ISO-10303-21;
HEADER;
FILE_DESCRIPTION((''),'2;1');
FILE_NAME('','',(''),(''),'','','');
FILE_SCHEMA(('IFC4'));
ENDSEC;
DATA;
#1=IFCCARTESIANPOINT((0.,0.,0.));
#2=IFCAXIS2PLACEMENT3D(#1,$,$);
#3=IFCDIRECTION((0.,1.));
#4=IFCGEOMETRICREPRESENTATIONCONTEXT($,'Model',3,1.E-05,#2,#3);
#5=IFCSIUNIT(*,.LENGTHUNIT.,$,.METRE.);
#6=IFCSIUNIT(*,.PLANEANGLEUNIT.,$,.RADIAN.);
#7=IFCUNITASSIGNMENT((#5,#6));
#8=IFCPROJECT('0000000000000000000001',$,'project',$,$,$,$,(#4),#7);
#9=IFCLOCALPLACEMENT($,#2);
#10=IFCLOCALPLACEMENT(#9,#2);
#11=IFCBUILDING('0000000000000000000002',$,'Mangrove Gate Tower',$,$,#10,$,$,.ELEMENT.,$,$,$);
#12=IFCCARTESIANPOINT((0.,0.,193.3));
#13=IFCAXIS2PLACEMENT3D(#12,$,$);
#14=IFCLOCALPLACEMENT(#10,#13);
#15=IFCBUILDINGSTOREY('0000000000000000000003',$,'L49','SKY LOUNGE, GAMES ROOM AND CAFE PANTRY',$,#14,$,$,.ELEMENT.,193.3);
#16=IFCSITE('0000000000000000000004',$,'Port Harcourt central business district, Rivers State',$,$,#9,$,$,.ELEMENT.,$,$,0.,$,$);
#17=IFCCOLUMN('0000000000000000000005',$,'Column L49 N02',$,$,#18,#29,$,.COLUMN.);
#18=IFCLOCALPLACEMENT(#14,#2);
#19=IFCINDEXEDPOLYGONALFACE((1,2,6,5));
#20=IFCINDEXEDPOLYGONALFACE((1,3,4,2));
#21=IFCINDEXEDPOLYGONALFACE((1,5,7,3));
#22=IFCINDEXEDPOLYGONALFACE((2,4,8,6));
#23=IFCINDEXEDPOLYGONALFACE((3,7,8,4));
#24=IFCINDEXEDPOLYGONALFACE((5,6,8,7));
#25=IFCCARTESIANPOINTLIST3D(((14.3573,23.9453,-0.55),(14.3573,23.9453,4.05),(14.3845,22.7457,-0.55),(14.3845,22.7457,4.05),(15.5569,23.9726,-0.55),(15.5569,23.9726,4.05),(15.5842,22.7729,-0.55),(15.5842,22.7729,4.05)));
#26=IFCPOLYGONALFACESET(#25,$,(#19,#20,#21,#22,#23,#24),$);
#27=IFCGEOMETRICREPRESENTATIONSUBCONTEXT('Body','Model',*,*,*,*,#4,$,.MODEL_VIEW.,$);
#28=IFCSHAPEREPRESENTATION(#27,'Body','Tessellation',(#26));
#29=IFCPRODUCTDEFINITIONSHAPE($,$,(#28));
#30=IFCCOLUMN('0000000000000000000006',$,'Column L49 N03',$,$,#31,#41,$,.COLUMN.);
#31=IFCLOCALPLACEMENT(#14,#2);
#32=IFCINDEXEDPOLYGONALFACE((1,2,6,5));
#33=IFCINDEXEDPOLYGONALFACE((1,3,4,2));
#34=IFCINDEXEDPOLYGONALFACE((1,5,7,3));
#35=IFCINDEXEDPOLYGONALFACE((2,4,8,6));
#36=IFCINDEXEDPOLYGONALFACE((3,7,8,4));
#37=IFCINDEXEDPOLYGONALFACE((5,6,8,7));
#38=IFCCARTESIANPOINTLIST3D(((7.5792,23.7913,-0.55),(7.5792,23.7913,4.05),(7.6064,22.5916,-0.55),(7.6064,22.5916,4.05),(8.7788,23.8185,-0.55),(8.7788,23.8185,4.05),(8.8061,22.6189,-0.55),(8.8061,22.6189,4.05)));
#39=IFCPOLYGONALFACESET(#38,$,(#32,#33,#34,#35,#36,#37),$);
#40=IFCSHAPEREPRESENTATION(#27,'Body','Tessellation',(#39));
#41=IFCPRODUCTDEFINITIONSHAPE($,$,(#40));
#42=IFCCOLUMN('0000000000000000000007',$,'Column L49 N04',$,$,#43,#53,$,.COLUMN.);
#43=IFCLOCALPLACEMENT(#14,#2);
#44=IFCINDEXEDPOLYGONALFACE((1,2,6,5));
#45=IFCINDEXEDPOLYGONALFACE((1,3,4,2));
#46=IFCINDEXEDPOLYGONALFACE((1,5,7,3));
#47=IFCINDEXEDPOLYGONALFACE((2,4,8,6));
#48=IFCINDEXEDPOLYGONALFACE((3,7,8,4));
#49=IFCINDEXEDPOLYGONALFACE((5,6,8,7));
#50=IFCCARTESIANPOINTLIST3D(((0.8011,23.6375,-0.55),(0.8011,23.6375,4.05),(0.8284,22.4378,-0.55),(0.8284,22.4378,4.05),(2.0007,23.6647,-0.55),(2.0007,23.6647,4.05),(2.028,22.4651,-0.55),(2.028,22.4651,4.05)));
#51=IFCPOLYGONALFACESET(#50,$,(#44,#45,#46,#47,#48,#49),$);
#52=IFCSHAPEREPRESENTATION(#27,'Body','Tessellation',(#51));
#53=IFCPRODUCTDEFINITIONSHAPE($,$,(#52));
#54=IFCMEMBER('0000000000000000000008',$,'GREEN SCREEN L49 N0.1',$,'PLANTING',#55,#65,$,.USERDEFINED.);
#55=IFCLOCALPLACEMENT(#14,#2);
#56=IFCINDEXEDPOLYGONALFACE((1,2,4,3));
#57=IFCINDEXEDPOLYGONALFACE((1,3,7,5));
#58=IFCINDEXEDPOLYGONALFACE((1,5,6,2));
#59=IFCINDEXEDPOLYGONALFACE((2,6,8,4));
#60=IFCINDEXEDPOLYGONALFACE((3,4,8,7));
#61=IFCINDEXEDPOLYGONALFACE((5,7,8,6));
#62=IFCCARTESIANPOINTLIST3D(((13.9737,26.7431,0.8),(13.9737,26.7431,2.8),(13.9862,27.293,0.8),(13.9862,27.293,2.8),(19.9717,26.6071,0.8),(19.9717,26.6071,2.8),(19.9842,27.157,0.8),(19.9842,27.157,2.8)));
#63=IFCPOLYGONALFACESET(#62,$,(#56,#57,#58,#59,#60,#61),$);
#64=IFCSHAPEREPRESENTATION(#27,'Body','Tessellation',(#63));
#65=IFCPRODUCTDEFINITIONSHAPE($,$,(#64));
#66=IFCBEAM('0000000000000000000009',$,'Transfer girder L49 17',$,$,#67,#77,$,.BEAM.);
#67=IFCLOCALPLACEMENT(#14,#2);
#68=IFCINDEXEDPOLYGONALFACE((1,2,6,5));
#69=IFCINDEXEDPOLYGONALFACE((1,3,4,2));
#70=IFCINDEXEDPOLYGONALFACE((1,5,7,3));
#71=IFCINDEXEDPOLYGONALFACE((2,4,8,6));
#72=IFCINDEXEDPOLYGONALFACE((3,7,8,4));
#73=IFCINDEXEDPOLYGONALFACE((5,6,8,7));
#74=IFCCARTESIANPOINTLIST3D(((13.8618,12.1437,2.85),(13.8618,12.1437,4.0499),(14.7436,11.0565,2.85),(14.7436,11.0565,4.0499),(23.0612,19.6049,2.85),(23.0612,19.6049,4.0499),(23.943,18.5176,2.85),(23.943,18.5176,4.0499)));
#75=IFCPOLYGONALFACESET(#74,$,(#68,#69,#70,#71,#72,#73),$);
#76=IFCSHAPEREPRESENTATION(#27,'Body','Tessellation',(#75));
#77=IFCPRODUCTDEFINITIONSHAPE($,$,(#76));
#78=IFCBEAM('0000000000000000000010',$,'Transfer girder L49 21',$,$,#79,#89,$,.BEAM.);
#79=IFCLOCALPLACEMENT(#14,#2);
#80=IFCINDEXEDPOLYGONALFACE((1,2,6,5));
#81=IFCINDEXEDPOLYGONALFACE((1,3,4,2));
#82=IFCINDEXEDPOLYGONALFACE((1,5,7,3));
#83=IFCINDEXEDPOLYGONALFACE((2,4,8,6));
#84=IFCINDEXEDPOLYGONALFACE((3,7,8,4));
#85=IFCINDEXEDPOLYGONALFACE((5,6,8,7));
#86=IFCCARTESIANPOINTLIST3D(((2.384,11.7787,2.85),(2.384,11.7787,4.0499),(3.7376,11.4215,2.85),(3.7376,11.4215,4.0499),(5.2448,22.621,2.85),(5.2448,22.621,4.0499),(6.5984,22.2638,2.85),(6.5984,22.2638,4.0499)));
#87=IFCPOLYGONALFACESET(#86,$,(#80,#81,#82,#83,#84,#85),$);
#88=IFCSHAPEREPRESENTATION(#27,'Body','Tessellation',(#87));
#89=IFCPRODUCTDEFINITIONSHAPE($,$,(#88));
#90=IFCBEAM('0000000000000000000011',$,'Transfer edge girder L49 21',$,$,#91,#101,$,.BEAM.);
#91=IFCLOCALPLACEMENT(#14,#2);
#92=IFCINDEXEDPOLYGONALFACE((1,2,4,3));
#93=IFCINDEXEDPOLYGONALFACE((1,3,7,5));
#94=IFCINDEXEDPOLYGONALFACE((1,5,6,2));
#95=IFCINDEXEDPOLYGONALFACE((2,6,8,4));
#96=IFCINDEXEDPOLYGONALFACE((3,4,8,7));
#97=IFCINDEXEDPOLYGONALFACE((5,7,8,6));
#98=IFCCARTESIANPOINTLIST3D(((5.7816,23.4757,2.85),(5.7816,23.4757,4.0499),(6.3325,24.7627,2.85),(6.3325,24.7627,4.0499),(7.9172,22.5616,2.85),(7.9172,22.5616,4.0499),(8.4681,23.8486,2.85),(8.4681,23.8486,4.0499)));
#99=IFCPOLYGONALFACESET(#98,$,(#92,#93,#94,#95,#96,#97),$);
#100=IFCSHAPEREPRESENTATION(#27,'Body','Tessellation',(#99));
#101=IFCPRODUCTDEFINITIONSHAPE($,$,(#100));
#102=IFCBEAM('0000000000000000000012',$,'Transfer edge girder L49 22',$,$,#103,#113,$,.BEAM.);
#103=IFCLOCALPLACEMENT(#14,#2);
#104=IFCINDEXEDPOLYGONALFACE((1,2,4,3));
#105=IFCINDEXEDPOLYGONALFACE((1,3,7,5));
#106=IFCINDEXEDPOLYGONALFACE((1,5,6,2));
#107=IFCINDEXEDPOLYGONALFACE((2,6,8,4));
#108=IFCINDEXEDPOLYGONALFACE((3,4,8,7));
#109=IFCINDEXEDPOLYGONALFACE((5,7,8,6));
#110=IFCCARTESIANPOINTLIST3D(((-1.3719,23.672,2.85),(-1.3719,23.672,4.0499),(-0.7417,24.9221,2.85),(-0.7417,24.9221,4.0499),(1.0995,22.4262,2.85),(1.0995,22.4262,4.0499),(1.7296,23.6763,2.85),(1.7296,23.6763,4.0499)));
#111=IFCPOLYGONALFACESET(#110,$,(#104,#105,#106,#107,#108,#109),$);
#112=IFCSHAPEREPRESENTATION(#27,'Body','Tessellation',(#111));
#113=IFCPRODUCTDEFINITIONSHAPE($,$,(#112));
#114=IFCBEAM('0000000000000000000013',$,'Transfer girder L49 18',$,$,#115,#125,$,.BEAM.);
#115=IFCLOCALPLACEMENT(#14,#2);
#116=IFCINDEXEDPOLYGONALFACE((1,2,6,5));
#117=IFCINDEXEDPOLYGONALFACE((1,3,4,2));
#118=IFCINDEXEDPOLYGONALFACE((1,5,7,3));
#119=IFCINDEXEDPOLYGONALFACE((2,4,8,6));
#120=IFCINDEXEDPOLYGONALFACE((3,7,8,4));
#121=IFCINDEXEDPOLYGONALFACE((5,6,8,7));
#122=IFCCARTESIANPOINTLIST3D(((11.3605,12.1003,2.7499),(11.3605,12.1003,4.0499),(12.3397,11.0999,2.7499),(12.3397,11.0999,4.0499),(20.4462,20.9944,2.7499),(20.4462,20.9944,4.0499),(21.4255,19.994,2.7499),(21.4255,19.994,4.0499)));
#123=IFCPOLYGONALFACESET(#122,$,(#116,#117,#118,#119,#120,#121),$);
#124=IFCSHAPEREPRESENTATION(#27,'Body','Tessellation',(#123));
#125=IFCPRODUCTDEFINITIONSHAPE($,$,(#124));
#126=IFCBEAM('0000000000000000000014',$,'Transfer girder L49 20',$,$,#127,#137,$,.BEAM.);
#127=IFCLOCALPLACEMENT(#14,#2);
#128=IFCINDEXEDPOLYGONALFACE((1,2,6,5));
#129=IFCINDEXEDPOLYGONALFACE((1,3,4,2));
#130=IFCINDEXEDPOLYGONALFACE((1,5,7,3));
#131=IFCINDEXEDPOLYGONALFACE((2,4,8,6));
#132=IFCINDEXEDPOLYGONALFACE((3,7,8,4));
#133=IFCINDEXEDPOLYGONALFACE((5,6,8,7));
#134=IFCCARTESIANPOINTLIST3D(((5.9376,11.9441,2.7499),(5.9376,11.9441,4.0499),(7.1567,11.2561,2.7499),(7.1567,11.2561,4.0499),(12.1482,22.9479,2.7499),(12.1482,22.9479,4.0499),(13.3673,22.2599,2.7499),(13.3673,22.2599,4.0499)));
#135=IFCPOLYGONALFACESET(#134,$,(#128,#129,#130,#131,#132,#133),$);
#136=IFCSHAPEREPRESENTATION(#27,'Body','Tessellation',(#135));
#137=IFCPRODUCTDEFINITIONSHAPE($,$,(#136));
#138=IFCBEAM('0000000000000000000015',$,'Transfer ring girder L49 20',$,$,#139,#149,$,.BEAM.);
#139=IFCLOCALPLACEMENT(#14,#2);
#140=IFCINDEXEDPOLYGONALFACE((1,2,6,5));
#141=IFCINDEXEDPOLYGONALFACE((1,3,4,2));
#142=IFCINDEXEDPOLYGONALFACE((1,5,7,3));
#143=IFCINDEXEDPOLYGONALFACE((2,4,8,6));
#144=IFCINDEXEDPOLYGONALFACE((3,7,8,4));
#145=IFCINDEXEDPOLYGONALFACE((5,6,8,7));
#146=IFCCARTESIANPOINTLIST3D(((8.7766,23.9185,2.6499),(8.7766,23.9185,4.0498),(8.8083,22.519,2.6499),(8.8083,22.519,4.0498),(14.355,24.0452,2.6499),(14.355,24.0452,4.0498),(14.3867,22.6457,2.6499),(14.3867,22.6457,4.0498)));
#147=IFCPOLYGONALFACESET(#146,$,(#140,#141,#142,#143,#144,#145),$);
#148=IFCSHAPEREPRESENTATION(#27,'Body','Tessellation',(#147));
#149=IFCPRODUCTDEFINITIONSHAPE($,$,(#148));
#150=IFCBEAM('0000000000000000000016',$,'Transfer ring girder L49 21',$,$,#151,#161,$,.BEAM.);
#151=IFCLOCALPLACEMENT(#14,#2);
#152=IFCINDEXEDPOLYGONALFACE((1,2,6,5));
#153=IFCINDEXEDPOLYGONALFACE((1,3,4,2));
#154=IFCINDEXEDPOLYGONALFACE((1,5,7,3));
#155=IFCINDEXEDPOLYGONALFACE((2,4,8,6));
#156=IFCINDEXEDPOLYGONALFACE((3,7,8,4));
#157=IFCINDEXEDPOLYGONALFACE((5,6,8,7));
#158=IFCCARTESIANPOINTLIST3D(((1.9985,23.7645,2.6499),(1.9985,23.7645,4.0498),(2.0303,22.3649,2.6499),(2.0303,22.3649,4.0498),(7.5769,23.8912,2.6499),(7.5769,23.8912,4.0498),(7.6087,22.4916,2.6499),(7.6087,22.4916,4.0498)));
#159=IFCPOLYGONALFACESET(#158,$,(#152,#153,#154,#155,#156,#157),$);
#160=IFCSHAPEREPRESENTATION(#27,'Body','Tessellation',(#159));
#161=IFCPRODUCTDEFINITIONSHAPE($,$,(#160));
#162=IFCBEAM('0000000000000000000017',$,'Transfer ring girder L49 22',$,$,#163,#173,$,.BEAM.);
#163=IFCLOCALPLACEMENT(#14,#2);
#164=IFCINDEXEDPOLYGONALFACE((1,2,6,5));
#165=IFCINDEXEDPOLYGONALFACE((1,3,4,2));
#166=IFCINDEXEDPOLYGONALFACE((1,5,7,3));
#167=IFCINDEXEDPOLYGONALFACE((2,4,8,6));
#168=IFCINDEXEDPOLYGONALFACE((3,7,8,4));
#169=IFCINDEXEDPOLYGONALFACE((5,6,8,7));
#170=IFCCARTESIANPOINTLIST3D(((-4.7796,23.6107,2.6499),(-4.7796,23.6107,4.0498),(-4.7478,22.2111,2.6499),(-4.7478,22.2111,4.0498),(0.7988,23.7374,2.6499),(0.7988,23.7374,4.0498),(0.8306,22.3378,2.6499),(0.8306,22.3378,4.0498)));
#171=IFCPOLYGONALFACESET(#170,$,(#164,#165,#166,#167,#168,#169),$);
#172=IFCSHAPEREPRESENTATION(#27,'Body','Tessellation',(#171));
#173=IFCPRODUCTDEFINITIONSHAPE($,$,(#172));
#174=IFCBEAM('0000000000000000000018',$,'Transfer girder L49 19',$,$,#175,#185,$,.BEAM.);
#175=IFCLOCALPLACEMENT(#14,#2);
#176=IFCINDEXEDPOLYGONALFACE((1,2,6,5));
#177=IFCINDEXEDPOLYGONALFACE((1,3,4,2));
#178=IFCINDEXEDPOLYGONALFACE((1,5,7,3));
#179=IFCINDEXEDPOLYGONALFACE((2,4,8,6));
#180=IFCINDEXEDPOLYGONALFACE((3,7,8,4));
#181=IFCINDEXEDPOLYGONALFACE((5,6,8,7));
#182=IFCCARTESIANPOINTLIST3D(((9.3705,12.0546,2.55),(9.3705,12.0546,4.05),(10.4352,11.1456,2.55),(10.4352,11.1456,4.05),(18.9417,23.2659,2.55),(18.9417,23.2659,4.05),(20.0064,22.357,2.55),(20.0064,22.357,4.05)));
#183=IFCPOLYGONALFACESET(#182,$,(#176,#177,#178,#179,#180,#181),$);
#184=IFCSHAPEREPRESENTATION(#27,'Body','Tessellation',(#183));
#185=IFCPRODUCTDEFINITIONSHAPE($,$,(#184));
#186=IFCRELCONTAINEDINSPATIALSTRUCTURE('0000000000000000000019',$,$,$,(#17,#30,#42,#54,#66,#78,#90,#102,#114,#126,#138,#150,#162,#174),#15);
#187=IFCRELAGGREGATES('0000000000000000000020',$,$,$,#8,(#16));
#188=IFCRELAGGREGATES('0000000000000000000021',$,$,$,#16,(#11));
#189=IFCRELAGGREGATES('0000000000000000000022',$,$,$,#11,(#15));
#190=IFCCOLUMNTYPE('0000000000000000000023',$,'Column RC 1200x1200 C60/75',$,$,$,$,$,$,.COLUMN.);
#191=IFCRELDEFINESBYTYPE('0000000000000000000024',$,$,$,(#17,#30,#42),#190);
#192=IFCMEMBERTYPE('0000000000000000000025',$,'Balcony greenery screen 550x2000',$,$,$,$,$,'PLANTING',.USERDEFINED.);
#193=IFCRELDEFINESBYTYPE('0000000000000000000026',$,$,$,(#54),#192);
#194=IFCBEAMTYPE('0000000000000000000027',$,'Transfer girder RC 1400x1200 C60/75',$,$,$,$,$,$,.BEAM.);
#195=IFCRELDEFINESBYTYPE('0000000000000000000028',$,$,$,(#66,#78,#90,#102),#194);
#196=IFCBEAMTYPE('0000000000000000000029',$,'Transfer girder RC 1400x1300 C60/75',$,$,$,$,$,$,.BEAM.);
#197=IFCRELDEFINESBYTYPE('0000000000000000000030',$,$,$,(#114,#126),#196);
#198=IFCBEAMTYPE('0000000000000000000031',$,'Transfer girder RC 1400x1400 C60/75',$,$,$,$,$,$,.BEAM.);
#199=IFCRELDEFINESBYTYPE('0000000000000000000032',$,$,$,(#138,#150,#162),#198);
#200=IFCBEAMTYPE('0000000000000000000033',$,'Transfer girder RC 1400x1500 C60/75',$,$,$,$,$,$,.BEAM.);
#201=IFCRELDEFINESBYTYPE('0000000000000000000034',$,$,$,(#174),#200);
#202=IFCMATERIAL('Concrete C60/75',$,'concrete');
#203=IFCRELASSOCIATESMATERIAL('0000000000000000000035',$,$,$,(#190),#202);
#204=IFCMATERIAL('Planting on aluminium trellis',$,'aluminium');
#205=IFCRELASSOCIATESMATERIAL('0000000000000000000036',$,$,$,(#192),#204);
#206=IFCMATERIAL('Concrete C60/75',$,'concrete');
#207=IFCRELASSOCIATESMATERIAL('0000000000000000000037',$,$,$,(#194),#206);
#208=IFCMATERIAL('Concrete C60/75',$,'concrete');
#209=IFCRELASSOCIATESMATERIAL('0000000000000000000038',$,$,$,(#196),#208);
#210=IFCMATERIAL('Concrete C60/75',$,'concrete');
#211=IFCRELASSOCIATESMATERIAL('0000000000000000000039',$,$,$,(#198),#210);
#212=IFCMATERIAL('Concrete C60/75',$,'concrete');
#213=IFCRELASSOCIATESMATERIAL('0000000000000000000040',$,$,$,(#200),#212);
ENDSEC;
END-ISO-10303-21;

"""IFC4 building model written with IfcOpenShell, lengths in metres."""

from ifc_helpers import new_model, si_unit, direction, frame, origin, origin_2d, place, context, subcontext, project, spatial, rectangle, extrude, material, material_profile, profile_set, type_object, element, save


model = new_model("IFC4")

# Units and contexts
model_context = context("Model", 3, precision=1e-05, world=origin(), true_north=direction((0.0, 1.0)))
body_context = subcontext(model_context, "Body", "Model", "MODEL_VIEW")
ifc_project = project(units=[si_unit("LENGTHUNIT", "METRE"), si_unit("PLANEANGLEUNIT", "RADIAN")], contexts=[model_context])

# Site, building, storey
site_placement = place(None, origin())
site = spatial("IfcSite", under=ifc_project, at=site_placement, Name="Port Harcourt central business district, Rivers State", CompositionType="ELEMENT", RefElevation=0.0)
building_placement = place(site_placement, origin())
building = spatial("IfcBuilding", under=site, at=building_placement, Name="Mangrove Gate Tower", CompositionType="ELEMENT")
storey_placement = place(building_placement, frame((0.0, 0.0, 193.3)))
storey = spatial("IfcBuildingStorey", under=building, at=storey_placement, Name="L49", Description="SKY LOUNGE, GAMES ROOM AND CAFE PANTRY", CompositionType="ELEMENT", Elevation=193.3)

# Columns
ifc_material_1 = material(Name="Concrete C60/75", Category="concrete")
ifc_material_profile_1 = material_profile(ifc_material_1, rectangle(XDim=1.2, YDim=1.2, at=origin_2d()))
ifc_profile_set_1 = profile_set([ifc_material_profile_1], Name="Concrete C60/75")
column_type = type_object("IfcColumnType", Name="Column RC 1200x1200 C60/75", PredefinedType="COLUMN", material=ifc_profile_set_1)
for number, where, z_axis, x_axis, name in (
    (1, (14.9707, 23.3591, -0.55), (0.0, 0.0, 1.0), (-0.999742, -0.022713, 0.0), "Column L49 N02"),
    (2, (8.1926, 23.2051, -0.55), (0.0, 0.0, 1.0), (-0.999742, -0.022715, 0.0), "Column L49 N03"),
    (3, (1.4146, 23.0513, -0.55), (0.0, 0.0, 1.0), (-0.999742, -0.022715, 0.0), "Column L49 N04"),
):
    element("IfcColumn", number, at=place(storey_placement, frame(where, z_axis=z_axis, x_axis=x_axis)), inside=storey, type_object=column_type, Name=name, PredefinedType="COLUMN", context=body_context, shape_type="SweptSolid", body=[
        extrude(rectangle(XDim=1.2, YDim=1.2, at=origin_2d()), origin(), (0.0, 0.0, 1.0), 4.6001),
    ])

# Member
ifc_material_2 = material(Name="Planting on aluminium trellis", Category="aluminium")
ifc_material_profile_2 = material_profile(ifc_material_2, rectangle(XDim=0.55, YDim=2.0, at=origin_2d()))
ifc_profile_set_2 = profile_set([ifc_material_profile_2], Name="Planting on aluminium trellis")
member_type = type_object("IfcMemberType", Name="Balcony greenery screen 550x2000", ElementType="PLANTING", PredefinedType="USERDEFINED", material=ifc_profile_set_2)
member_placement = place(storey_placement, frame((13.98, 27.0181, 1.8), z_axis=(0.999743, -0.022666, 0.0), x_axis=(0.022666, 0.999743, 0.0)))
element("IfcMember", 4, at=member_placement, inside=storey, type_object=member_type, Name="GREEN SCREEN L49 N0.1", ObjectType="PLANTING", PredefinedType="USERDEFINED", context=body_context, shape_type="SweptSolid", body=[
    extrude(rectangle(XDim=0.55, YDim=2.0, at=origin_2d()), origin(), (0.0, 0.0, 1.0), 5.9995),
])

# Beams
ifc_material_3 = material(Name="Concrete C60/75", Category="concrete")
ifc_material_profile_3 = material_profile(ifc_material_3, rectangle(XDim=1.3999, YDim=1.2, at=origin_2d()))
ifc_profile_set_3 = profile_set([ifc_material_profile_3], Name="Concrete C60/75")
beam_type_1 = type_object("IfcBeamType", Name="Transfer girder RC 1400x1200 C60/75", PredefinedType="BEAM", material=ifc_profile_set_3)
beam_1_placement = place(storey_placement, frame((14.3027, 11.6001, 3.45), z_axis=(0.776667, 0.629912, 0.0), x_axis=(-0.629912, 0.776667, 0.0)))
element("IfcBeam", 5, at=beam_1_placement, inside=storey, type_object=beam_type_1, Name="Transfer girder L49 17", PredefinedType="BEAM", context=body_context, shape_type="SweptSolid", body=[
    extrude(rectangle(XDim=1.3999, YDim=1.2, at=origin_2d()), origin(), (0.0, 0.0, 1.0), 11.8447),
])
beam_2_placement = place(storey_placement, frame((3.0608, 11.6001, 3.45), z_axis=(0.255128, 0.966907, 0.0), x_axis=(-0.966907, 0.255128, 0.0)))
element("IfcBeam", 6, at=beam_2_placement, inside=storey, type_object=beam_type_1, Name="Transfer girder L49 21", PredefinedType="BEAM", context=body_context, shape_type="SweptSolid", body=[
    extrude(rectangle(XDim=1.3999, YDim=1.2, at=origin_2d()), origin(), (0.0, 0.0, 1.0), 11.2134),
])
beam_3_placement = place(storey_placement, frame((8.1926, 23.2051, 3.45), z_axis=(-0.919324, 0.393501, 0.0), x_axis=(-0.393501, -0.919324, 0.0)))
element("IfcBeam", 7, at=beam_3_placement, inside=storey, type_object=beam_type_1, Name="Transfer edge girder L49 21", PredefinedType="BEAM", context=body_context, shape_type="SweptSolid", body=[
    extrude(rectangle(XDim=1.3999, YDim=1.2, at=origin_2d()), origin(), (0.0, 0.0, 1.0), 2.323),
])
beam_4_placement = place(storey_placement, frame((1.4146, 23.0513, 3.45), z_axis=(-0.892958, 0.45014, 0.0), x_axis=(-0.45014, -0.892958, 0.0)))
element("IfcBeam", 8, at=beam_4_placement, inside=storey, type_object=beam_type_1, Name="Transfer edge girder L49 22", PredefinedType="BEAM", context=body_context, shape_type="SweptSolid", body=[
    extrude(rectangle(XDim=1.3999, YDim=1.2, at=origin_2d()), origin(), (0.0, 0.0, 1.0), 2.7676),
])
ifc_material_4 = material(Name="Concrete C60/75", Category="concrete")
ifc_material_profile_4 = material_profile(ifc_material_4, rectangle(XDim=1.3999, YDim=1.3, at=origin_2d()))
ifc_profile_set_4 = profile_set([ifc_material_profile_4], Name="Concrete C60/75")
beam_type_2 = type_object("IfcBeamType", Name="Transfer girder RC 1400x1300 C60/75", PredefinedType="BEAM", material=ifc_profile_set_4)
beam_5_placement = place(storey_placement, frame((11.8501, 11.6001, 3.3999), z_axis=(0.714603, 0.69953, 0.0), x_axis=(-0.69953, 0.714603, 0.0)))
element("IfcBeam", 9, at=beam_5_placement, inside=storey, type_object=beam_type_2, Name="Transfer girder L49 18", PredefinedType="BEAM", context=body_context, shape_type="SweptSolid", body=[
    extrude(rectangle(XDim=1.3999, YDim=1.3, at=origin_2d()), origin(), (0.0, 0.0, 1.0), 12.7144),
])
beam_6_placement = place(storey_placement, frame((6.5471, 11.6001, 3.3999), z_axis=(0.491523, 0.870865, 0.0), x_axis=(-0.870865, 0.491523, 0.0)))
element("IfcBeam", 10, at=beam_6_placement, inside=storey, type_object=beam_type_2, Name="Transfer girder L49 20", PredefinedType="BEAM", context=body_context, shape_type="SweptSolid", body=[
    extrude(rectangle(XDim=1.3999, YDim=1.3, at=origin_2d()), origin(), (0.0, 0.0, 1.0), 12.6355),
])
ifc_material_5 = material(Name="Concrete C60/75", Category="concrete")
ifc_material_profile_5 = material_profile(ifc_material_5, rectangle(XDim=1.3999, YDim=1.3999, at=origin_2d()))
ifc_profile_set_5 = profile_set([ifc_material_profile_5], Name="Concrete C60/75")
beam_type_3 = type_object("IfcBeamType", Name="Transfer girder RC 1400x1400 C60/75", PredefinedType="BEAM", material=ifc_profile_set_5)
for number, where, z_axis, x_axis, name in (
    (11, (14.3708, 23.3455, 3.3499), (-0.999742, -0.022708, 0.0), (0.022708, -0.999742, 0.0), "Transfer ring girder L49 20"),
    (12, (7.5928, 23.1914, 3.3499), (-0.999742, -0.022708, 0.0), (0.022708, -0.999742, 0.0), "Transfer ring girder L49 21"),
    (13, (0.8147, 23.0376, 3.3499), (-0.999742, -0.022708, 0.0), (0.022708, -0.999742, 0.0), "Transfer ring girder L49 22"),
):
    element("IfcBeam", number, at=place(storey_placement, frame(where, z_axis=z_axis, x_axis=x_axis)), inside=storey, type_object=beam_type_3, Name=name, PredefinedType="BEAM", context=body_context, shape_type="SweptSolid", body=[
        extrude(rectangle(XDim=1.3999, YDim=1.3999, at=origin_2d()), origin(), (0.0, 0.0, 1.0), 5.5798),
    ])
ifc_material_6 = material(Name="Concrete C60/75", Category="concrete")
ifc_material_profile_6 = material_profile(ifc_material_6, rectangle(XDim=1.3999, YDim=1.5, at=origin_2d()))
ifc_profile_set_6 = profile_set([ifc_material_profile_6], Name="Concrete C60/75")
beam_type_4 = type_object("IfcBeamType", Name="Transfer girder RC 1400x1500 C60/75", PredefinedType="BEAM", material=ifc_profile_set_6)
beam_7_placement = place(storey_placement, frame((9.9028, 11.6001, 3.3), z_axis=(0.649284, 0.760546, 0.0), x_axis=(-0.760546, 0.649284, 0.0)))
element("IfcBeam", 14, at=beam_7_placement, inside=storey, type_object=beam_type_4, Name="Transfer girder L49 19", PredefinedType="BEAM", context=body_context, shape_type="SweptSolid", body=[
    extrude(rectangle(XDim=1.3999, YDim=1.5, at=origin_2d()), origin(), (0.0, 0.0, 1.0), 14.7412),
])

save(model, "model.ifc")
